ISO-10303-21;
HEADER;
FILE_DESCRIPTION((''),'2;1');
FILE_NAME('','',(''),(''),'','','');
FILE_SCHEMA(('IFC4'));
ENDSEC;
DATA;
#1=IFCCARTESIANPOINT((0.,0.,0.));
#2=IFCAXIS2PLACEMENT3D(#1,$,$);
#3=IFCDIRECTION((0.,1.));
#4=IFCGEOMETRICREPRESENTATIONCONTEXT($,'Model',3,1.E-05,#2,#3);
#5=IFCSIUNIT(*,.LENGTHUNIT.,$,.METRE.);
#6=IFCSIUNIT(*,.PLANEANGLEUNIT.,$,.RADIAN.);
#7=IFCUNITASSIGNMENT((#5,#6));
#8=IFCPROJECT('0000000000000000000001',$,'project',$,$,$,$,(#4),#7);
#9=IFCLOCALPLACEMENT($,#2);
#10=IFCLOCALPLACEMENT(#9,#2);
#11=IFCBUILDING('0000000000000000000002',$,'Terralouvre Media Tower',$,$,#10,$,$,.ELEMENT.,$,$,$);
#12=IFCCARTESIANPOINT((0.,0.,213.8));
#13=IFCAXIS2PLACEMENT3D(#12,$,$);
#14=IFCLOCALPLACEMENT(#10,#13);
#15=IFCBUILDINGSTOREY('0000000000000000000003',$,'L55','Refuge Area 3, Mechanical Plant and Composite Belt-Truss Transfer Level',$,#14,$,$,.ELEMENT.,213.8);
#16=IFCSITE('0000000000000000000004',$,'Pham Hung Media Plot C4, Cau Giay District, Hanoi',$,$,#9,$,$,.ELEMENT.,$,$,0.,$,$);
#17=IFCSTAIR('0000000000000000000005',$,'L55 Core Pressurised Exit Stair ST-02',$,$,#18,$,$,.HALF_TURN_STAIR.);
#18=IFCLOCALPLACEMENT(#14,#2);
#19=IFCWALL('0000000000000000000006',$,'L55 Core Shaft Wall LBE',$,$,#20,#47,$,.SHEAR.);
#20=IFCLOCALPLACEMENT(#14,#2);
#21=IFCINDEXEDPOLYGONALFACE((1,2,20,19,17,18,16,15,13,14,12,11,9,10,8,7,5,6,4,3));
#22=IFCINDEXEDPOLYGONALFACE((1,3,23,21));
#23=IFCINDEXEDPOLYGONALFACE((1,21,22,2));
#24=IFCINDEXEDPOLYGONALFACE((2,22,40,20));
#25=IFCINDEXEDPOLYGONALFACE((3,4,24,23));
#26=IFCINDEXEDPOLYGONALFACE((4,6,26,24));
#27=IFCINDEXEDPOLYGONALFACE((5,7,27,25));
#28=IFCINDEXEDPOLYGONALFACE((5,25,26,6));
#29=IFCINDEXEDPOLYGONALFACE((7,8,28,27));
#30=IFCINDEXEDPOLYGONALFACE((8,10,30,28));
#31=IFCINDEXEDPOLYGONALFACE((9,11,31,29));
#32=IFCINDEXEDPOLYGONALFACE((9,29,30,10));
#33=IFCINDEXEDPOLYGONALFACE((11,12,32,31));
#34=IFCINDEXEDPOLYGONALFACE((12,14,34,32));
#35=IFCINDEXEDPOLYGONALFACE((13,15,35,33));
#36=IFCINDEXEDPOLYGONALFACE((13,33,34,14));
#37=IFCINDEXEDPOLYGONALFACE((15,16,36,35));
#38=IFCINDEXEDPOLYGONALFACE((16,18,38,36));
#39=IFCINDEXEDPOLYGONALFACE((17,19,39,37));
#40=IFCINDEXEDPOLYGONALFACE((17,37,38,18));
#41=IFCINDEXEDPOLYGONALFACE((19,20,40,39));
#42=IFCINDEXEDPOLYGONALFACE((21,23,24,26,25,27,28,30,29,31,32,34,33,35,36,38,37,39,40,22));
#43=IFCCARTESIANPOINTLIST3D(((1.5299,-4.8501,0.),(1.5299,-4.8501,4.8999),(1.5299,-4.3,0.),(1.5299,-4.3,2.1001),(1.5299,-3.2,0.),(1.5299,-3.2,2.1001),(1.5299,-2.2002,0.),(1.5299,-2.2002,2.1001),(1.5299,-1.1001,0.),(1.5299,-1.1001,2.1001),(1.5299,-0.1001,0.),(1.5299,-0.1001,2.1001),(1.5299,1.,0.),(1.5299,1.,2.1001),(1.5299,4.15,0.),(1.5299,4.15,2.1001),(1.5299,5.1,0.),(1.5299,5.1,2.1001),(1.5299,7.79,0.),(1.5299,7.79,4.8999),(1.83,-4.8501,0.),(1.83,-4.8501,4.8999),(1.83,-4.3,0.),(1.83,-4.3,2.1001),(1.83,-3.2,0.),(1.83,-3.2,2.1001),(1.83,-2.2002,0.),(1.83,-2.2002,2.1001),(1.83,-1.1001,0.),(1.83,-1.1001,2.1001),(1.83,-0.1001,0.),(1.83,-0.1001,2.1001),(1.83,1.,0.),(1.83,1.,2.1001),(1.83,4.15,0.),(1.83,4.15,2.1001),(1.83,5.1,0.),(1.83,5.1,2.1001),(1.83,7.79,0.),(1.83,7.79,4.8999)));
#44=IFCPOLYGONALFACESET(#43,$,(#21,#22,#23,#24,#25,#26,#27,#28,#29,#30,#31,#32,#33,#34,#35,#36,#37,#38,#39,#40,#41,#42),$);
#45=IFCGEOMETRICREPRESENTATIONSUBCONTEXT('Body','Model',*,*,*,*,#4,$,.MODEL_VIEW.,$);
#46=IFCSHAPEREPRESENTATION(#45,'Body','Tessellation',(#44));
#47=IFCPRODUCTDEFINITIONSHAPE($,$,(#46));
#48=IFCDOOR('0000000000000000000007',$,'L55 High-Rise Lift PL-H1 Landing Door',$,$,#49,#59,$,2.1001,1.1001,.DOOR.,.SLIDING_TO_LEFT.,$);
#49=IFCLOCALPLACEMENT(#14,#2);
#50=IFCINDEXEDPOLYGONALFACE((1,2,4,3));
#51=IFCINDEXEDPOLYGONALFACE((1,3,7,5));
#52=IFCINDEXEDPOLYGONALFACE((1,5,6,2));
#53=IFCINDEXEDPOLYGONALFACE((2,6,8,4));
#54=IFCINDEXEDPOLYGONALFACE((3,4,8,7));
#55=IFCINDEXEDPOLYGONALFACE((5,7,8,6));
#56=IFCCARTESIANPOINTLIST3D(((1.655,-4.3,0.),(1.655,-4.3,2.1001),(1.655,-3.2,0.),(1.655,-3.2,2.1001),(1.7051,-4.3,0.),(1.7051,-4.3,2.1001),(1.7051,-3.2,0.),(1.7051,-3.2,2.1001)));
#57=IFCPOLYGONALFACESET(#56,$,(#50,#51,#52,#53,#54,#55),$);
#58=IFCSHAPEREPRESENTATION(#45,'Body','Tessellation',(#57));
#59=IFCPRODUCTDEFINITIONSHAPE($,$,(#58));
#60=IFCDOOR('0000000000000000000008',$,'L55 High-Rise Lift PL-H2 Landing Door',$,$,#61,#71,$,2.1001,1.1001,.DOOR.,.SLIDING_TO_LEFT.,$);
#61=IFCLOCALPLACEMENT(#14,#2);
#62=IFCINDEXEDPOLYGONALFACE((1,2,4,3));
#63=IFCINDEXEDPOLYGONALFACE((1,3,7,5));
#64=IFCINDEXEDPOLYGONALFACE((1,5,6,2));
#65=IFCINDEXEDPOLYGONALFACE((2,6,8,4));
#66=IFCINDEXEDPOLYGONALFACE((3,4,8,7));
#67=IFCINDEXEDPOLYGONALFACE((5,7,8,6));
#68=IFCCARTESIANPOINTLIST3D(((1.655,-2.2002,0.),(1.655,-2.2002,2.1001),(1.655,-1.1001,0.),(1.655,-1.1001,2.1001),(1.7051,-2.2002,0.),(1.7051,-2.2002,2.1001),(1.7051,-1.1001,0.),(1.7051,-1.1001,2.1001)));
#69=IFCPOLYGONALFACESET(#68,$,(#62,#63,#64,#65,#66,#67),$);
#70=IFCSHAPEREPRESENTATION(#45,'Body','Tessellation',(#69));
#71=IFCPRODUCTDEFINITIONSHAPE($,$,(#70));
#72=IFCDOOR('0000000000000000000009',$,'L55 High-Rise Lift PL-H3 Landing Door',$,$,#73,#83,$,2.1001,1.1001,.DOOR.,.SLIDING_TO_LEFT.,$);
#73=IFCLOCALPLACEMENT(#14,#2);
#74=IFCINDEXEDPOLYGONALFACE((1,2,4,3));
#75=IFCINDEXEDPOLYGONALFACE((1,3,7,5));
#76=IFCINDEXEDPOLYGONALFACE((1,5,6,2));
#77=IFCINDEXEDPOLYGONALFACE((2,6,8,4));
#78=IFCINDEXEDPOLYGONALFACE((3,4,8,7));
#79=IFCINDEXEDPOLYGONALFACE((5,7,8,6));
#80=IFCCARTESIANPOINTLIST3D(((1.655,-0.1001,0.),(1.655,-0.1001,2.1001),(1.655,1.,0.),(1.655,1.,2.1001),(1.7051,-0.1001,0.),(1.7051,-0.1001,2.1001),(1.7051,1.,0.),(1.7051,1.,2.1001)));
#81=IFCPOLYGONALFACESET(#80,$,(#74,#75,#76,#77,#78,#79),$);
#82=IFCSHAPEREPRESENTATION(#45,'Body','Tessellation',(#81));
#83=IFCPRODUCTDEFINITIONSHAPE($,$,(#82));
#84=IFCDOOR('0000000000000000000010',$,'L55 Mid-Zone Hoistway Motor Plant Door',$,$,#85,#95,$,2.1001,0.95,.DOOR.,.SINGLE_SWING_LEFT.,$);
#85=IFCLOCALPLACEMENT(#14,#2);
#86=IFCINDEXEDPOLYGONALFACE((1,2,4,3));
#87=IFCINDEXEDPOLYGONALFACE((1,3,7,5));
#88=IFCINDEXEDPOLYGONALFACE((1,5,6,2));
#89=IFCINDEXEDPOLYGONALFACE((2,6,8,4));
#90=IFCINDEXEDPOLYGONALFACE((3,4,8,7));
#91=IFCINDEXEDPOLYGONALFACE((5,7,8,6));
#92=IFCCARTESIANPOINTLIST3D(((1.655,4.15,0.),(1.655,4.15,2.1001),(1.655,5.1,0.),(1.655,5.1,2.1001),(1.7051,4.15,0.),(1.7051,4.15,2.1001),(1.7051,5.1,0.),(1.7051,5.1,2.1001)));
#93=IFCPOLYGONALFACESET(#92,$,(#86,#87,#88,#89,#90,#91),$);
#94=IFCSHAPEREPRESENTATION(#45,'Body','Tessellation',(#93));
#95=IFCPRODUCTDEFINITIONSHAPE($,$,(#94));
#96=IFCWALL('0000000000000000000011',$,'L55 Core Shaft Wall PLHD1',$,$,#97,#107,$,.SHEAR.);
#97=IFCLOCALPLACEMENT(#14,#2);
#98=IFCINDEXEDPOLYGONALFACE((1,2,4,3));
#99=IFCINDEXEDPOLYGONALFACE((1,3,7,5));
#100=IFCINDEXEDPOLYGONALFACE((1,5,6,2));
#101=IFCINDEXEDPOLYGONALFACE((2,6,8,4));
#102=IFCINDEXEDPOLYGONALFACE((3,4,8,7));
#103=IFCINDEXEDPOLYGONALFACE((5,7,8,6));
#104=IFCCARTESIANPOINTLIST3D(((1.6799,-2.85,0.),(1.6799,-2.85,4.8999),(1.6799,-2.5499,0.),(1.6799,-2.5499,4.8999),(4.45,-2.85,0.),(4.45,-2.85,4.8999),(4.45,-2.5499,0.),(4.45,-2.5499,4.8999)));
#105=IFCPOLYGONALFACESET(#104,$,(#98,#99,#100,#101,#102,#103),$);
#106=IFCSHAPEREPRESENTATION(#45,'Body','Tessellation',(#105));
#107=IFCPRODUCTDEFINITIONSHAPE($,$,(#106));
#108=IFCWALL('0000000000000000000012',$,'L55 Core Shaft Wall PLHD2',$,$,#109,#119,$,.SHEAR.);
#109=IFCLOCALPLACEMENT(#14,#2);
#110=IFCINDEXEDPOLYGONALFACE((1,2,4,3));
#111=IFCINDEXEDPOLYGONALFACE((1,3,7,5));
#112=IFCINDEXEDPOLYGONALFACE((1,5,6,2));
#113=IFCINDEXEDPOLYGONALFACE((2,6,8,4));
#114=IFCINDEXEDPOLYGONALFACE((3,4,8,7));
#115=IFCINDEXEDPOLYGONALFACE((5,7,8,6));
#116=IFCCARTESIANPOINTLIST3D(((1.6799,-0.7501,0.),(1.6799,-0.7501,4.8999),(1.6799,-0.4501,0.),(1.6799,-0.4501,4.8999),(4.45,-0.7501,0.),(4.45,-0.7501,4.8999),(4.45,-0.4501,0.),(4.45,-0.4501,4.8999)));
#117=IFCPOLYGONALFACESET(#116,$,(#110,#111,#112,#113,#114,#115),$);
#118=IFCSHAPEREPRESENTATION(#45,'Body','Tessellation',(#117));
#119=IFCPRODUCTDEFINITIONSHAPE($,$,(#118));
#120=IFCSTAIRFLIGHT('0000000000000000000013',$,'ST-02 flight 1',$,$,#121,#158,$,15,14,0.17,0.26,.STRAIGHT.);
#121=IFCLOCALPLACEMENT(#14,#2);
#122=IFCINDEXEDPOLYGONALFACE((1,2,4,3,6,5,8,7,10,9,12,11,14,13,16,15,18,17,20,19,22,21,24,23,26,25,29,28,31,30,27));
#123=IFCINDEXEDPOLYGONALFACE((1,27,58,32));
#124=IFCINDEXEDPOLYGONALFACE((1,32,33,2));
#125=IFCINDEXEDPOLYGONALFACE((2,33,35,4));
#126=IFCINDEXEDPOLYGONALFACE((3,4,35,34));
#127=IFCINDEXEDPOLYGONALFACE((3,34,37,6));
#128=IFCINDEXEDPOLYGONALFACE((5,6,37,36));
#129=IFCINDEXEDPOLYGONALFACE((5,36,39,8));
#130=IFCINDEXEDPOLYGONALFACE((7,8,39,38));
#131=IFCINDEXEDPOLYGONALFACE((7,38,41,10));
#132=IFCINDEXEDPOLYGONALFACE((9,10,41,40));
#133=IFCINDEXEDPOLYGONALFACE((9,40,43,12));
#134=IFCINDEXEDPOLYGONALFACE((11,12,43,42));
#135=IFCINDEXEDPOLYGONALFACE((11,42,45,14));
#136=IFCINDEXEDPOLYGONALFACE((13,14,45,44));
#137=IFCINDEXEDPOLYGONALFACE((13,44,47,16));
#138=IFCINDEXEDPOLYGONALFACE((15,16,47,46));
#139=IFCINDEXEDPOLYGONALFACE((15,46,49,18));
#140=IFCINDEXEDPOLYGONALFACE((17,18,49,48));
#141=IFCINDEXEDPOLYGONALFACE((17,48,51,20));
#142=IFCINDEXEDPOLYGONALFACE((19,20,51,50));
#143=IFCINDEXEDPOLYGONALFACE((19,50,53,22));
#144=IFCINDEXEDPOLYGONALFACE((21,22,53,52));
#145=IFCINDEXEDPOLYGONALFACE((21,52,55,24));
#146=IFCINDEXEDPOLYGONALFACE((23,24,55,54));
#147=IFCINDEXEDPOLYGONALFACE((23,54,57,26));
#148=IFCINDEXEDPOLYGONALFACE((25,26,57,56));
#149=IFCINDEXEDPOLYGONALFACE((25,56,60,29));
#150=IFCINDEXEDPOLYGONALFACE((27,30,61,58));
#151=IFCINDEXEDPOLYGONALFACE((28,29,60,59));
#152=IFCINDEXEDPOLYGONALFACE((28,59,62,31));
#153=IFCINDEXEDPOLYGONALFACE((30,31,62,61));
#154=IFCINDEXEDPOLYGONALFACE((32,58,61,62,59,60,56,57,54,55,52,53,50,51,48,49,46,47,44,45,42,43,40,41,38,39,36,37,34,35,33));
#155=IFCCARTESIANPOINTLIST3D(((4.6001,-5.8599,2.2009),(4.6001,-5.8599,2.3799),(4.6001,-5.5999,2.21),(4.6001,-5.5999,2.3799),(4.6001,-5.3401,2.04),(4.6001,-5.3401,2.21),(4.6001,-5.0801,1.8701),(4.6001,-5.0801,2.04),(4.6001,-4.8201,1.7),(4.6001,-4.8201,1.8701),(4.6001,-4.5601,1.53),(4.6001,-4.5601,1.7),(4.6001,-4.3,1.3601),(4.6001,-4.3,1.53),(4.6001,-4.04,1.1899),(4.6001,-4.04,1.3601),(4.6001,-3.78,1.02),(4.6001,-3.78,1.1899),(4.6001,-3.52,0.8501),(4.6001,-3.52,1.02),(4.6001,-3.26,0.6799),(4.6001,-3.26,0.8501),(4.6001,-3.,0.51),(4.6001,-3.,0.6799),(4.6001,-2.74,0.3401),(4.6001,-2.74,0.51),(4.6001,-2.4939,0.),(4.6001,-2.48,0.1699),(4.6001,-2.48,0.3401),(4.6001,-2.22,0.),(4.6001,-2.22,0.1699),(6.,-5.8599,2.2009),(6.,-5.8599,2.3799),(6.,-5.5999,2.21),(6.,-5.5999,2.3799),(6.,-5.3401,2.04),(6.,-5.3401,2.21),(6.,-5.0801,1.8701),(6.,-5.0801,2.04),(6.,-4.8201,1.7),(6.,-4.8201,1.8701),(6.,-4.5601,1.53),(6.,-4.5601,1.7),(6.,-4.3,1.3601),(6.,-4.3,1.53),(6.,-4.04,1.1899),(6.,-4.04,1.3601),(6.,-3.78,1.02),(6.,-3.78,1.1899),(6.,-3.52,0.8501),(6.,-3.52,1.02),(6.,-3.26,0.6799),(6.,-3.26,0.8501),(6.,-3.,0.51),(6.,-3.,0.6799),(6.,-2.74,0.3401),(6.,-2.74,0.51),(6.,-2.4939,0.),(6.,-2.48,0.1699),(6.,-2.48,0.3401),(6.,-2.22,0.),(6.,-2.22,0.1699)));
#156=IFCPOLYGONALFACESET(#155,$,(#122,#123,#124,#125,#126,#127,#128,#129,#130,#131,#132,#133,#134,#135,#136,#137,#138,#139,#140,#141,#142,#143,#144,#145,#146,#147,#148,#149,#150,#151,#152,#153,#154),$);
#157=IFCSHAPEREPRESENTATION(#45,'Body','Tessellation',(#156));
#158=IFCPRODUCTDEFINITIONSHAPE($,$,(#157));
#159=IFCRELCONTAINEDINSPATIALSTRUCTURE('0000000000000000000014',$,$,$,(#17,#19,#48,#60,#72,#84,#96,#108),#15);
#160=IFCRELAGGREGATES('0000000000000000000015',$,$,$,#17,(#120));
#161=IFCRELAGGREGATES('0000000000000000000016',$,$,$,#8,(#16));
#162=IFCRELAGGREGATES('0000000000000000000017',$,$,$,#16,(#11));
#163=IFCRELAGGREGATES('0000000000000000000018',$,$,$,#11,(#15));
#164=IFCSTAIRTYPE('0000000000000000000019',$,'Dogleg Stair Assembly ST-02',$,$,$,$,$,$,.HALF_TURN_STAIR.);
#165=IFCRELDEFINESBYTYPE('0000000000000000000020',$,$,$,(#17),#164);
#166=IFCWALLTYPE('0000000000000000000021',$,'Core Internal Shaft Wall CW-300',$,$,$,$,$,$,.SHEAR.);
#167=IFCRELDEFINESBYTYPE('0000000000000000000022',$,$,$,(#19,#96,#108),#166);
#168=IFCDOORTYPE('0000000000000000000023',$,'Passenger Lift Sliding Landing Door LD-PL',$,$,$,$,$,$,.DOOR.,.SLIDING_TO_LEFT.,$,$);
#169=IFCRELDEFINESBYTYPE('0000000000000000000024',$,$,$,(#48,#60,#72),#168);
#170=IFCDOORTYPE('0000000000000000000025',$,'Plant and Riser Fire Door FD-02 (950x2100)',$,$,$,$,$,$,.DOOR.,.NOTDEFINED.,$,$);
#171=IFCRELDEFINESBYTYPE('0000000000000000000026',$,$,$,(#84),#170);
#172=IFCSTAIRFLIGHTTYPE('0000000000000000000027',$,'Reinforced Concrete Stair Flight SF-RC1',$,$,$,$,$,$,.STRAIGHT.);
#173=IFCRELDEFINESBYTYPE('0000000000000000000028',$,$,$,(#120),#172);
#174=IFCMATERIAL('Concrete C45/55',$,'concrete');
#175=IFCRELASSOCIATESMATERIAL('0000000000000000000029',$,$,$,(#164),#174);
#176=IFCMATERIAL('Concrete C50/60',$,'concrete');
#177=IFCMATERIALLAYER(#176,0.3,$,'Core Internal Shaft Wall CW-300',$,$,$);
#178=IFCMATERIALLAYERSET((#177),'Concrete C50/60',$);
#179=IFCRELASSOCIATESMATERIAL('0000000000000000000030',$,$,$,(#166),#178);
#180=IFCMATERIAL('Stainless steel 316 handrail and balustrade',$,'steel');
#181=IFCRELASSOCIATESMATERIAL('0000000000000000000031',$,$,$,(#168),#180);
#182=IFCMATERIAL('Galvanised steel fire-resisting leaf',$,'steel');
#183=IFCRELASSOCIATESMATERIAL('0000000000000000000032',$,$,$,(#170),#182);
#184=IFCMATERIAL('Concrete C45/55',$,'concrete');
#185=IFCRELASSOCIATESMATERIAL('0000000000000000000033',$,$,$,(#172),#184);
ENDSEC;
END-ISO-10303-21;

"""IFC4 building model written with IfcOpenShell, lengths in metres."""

from ifc_helpers import new_model, si_unit, direction, frame, frame_2d, origin, place, context, subcontext, project, spatial, polyline, rectangle, outline, extrude, material, layer, layer_set, type_object, element, fill, aggregate, save


model = new_model("IFC4")

# Units and contexts
model_context = context("Model", 3, precision=1e-05, world=origin(), true_north=direction((0.0, 1.0)))
body_context = subcontext(model_context, "Body", "Model", "MODEL_VIEW")
ifc_project = project(units=[si_unit("LENGTHUNIT", "METRE"), si_unit("PLANEANGLEUNIT", "RADIAN")], contexts=[model_context])

# Site, building, storey
site_placement = place(None, origin())
site = spatial("IfcSite", under=ifc_project, at=site_placement, Name="Pham Hung Media Plot C4, Cau Giay District, Hanoi", CompositionType="ELEMENT", RefElevation=0.0)
building_placement = place(site_placement, origin())
building = spatial("IfcBuilding", under=site, at=building_placement, Name="Terralouvre Media Tower", CompositionType="ELEMENT")
storey_placement = place(building_placement, frame((0.0, 0.0, 213.8)))
storey = spatial("IfcBuildingStorey", under=building, at=storey_placement, Name="L55", Description="Refuge Area 3, Mechanical Plant and Composite Belt-Truss Transfer Level", CompositionType="ELEMENT", Elevation=213.8)

# Stair
ifc_material_1 = material(Name="Concrete C45/55", Category="concrete")
stair_type_1 = type_object("IfcStairType", Name="Dogleg Stair Assembly ST-02", PredefinedType="HALF_TURN_STAIR", material=ifc_material_1)
stair_1_placement = place(storey_placement, origin())
stair_1 = element("IfcStair", 1, at=stair_1_placement, inside=storey, type_object=stair_type_1, Name="L55 Core Pressurised Exit Stair ST-02", PredefinedType="HALF_TURN_STAIR")

# Shared definitions
ifc_material_2 = material(Name="Concrete C50/60", Category="concrete")
ifc_layer_1 = layer(ifc_material_2, 0.3, Name="Core Internal Shaft Wall CW-300")
ifc_layer_set_1 = layer_set([ifc_layer_1], Name="Concrete C50/60")
wall_type = type_object("IfcWallType", Name="Core Internal Shaft Wall CW-300", PredefinedType="SHEAR", material=ifc_layer_set_1)

# Wall, openings, doors
wall_1_placement = place(storey_placement, frame((1.6799, -4.8501, 0.0), z_axis=(0.0, 0.0, 1.0), x_axis=(0.0, 1.0, 0.0)))
wall_1 = element("IfcWall", 2, at=wall_1_placement, inside=storey, type_object=wall_type, Name="L55 Core Shaft Wall LBE", PredefinedType="SHEAR", context=body_context, shape_type="SweptSolid", body=[
    extrude(rectangle(XDim=12.6401, YDim=0.3, at=frame_2d((6.3201, 0.0))), origin(), (0.0, 0.0, 1.0), 4.8999),
])
opening_1_placement = place(wall_1_placement, frame((0.55, 0.0, 0.0)))
opening_1 = element("IfcOpeningElement", 3, at=opening_1_placement, cuts=wall_1, PredefinedType="OPENING", context=body_context, shape_type="SweptSolid", body=[
    extrude(rectangle(XDim=1.1001, YDim=2.1001, at=frame_2d((0.55, 1.05))), frame((0.0, 0.1599, 0.0), z_axis=(0.0, -1.0, 0.0), x_axis=(1.0, 0.0, 0.0)), (0.0, 0.0, 1.0), 0.3201),
])
opening_2_placement = place(wall_1_placement, frame((2.6499, 0.0, 0.0)))
opening_2 = element("IfcOpeningElement", 4, at=opening_2_placement, cuts=wall_1, PredefinedType="OPENING", context=body_context, shape_type="SweptSolid", body=[
    extrude(rectangle(XDim=1.1001, YDim=2.1001, at=frame_2d((0.55, 1.05))), frame((0.0, 0.1599, 0.0), z_axis=(0.0, -1.0, 0.0), x_axis=(1.0, 0.0, 0.0)), (0.0, 0.0, 1.0), 0.3201),
])
opening_3_placement = place(wall_1_placement, frame((4.75, 0.0, 0.0)))
opening_3 = element("IfcOpeningElement", 5, at=opening_3_placement, cuts=wall_1, PredefinedType="OPENING", context=body_context, shape_type="SweptSolid", body=[
    extrude(rectangle(XDim=1.1001, YDim=2.1001, at=frame_2d((0.55, 1.05))), frame((0.0, 0.1599, 0.0), z_axis=(0.0, -1.0, 0.0), x_axis=(1.0, 0.0, 0.0)), (0.0, 0.0, 1.0), 0.3201),
])
opening_4_placement = place(wall_1_placement, frame((9.0, 0.0, 0.0)))
opening_4 = element("IfcOpeningElement", 6, at=opening_4_placement, cuts=wall_1, PredefinedType="OPENING", context=body_context, shape_type="SweptSolid", body=[
    extrude(rectangle(XDim=0.95, YDim=2.1001, at=frame_2d((0.4751, 1.05))), frame((0.0, 0.1599, 0.0), z_axis=(0.0, -1.0, 0.0), x_axis=(1.0, 0.0, 0.0)), (0.0, 0.0, 1.0), 0.3201),
])
ifc_material_3 = material(Name="Stainless steel 316 handrail and balustrade", Category="steel")
door_type_1 = type_object("IfcDoorType", Name="Passenger Lift Sliding Landing Door LD-PL", OperationType="SLIDING_TO_LEFT", PredefinedType="DOOR", material=ifc_material_3)
door_1_placement = place(opening_1_placement, origin())
door_1 = element("IfcDoor", 7, at=door_1_placement, inside=storey, type_object=door_type_1, Name="L55 High-Rise Lift PL-H1 Landing Door", OperationType="SLIDING_TO_LEFT", OverallHeight=2.1001, OverallWidth=1.1001, PredefinedType="DOOR", context=body_context, shape_type="SweptSolid", body=[
    extrude(rectangle(XDim=1.1001, YDim=2.1001, at=frame_2d((0.55, 1.05))), frame((0.0, 0.0249, 0.0), z_axis=(0.0, -1.0, 0.0), x_axis=(1.0, 0.0, 0.0)), (0.0, 0.0, 1.0), 0.05),
])
fill(opening_1, door_1)
door_2_placement = place(opening_2_placement, origin())
door_2 = element("IfcDoor", 8, at=door_2_placement, inside=storey, type_object=door_type_1, Name="L55 High-Rise Lift PL-H2 Landing Door", OperationType="SLIDING_TO_LEFT", OverallHeight=2.1001, OverallWidth=1.1001, PredefinedType="DOOR", context=body_context, shape_type="SweptSolid", body=[
    extrude(rectangle(XDim=1.1001, YDim=2.1001, at=frame_2d((0.55, 1.05))), frame((0.0, 0.0249, 0.0), z_axis=(0.0, -1.0, 0.0), x_axis=(1.0, 0.0, 0.0)), (0.0, 0.0, 1.0), 0.05),
])
fill(opening_2, door_2)
door_3_placement = place(opening_3_placement, origin())
door_3 = element("IfcDoor", 9, at=door_3_placement, inside=storey, type_object=door_type_1, Name="L55 High-Rise Lift PL-H3 Landing Door", OperationType="SLIDING_TO_LEFT", OverallHeight=2.1001, OverallWidth=1.1001, PredefinedType="DOOR", context=body_context, shape_type="SweptSolid", body=[
    extrude(rectangle(XDim=1.1001, YDim=2.1001, at=frame_2d((0.55, 1.05))), frame((0.0, 0.0249, 0.0), z_axis=(0.0, -1.0, 0.0), x_axis=(1.0, 0.0, 0.0)), (0.0, 0.0, 1.0), 0.05),
])
fill(opening_3, door_3)
ifc_material_4 = material(Name="Galvanised steel fire-resisting leaf", Category="steel")
door_type_2 = type_object("IfcDoorType", Name="Plant and Riser Fire Door FD-02 (950x2100)", OperationType="NOTDEFINED", PredefinedType="DOOR", material=ifc_material_4)
door_4_placement = place(opening_4_placement, origin())
door_4 = element("IfcDoor", 10, at=door_4_placement, inside=storey, type_object=door_type_2, Name="L55 Mid-Zone Hoistway Motor Plant Door", OperationType="SINGLE_SWING_LEFT", OverallHeight=2.1001, OverallWidth=0.95, PredefinedType="DOOR", context=body_context, shape_type="SweptSolid", body=[
    extrude(rectangle(XDim=0.95, YDim=2.1001, at=frame_2d((0.4751, 1.05))), frame((0.0, 0.0249, 0.0), z_axis=(0.0, -1.0, 0.0), x_axis=(1.0, 0.0, 0.0)), (0.0, 0.0, 1.0), 0.05),
])
fill(opening_4, door_4)

# Walls
for number, where, z_axis, x_axis, name in (
    (11, (1.6799, -2.7, 0.0), (0.0, 0.0, 1.0), (1.0, 0.0, 0.0), "L55 Core Shaft Wall PLHD1"),
    (12, (1.6799, -0.6001, 0.0), (0.0, 0.0, 1.0), (1.0, 0.0, 0.0), "L55 Core Shaft Wall PLHD2"),
):
    element("IfcWall", number, at=place(storey_placement, frame(where, z_axis=z_axis, x_axis=x_axis)), inside=storey, type_object=wall_type, Name=name, PredefinedType="SHEAR", context=body_context, shape_type="SweptSolid", body=[
        extrude(rectangle(XDim=2.77, YDim=0.3, at=frame_2d((1.385, 0.0))), origin(), (0.0, 0.0, 1.0), 4.8999),
    ])

# Stair flight
ifc_material_5 = material(Name="Concrete C45/55", Category="concrete")
stair_flight_type = type_object("IfcStairFlightType", Name="Reinforced Concrete Stair Flight SF-RC1", PredefinedType="STRAIGHT", material=ifc_material_5)
stair_flight_1_placement = place(storey_placement, frame((5.3, -2.22, 0.0), z_axis=(0.0, 0.0, 1.0), x_axis=(0.0, -1.0, 0.0)))
stair_flight_1 = element("IfcStairFlight", 13, at=stair_flight_1_placement, type_object=stair_flight_type, Name="ST-02 flight 1", NumberOfRisers=15, NumberOfTreads=14, PredefinedType="STRAIGHT", RiserHeight=0.17, TreadLength=0.26, context=body_context, shape_type="SweptSolid", body=[
    extrude(outline(polyline([(0.0, 0.0), (0.0, 0.1699), (0.26, 0.1699), (0.26, 0.3401), (0.52, 0.3401), (0.52, 0.51), (0.78, 0.51), (0.78, 0.6799), (1.04, 0.6799), (1.04, 0.8501), (1.3, 0.8501), (1.3, 1.02), (1.5601, 1.02), (1.5601, 1.1899), (1.8201, 1.1899), (1.8201, 1.3601), (2.0801, 1.3601), (2.0801, 1.53), (2.3401, 1.53), (2.3401, 1.7), (2.6001, 1.7), (2.6001, 1.8701), (2.8601, 1.8701), (2.8601, 2.04), (3.1201, 2.04), (3.1201, 2.21), (3.3799, 2.21), (3.3799, 2.3799), (3.6399, 2.3799), (3.6399, 2.55), (3.6399, 2.2009), (0.2739, 0.0), (0.0, 0.0)])), frame((0.0, 0.7, 0.0), z_axis=(0.0, -1.0, 0.0), x_axis=(1.0, 0.0, 0.0)), (0.0, 0.0, 1.0), 1.3999),
])
aggregate(stair_1, [stair_flight_1])

save(model, "model.ifc")
